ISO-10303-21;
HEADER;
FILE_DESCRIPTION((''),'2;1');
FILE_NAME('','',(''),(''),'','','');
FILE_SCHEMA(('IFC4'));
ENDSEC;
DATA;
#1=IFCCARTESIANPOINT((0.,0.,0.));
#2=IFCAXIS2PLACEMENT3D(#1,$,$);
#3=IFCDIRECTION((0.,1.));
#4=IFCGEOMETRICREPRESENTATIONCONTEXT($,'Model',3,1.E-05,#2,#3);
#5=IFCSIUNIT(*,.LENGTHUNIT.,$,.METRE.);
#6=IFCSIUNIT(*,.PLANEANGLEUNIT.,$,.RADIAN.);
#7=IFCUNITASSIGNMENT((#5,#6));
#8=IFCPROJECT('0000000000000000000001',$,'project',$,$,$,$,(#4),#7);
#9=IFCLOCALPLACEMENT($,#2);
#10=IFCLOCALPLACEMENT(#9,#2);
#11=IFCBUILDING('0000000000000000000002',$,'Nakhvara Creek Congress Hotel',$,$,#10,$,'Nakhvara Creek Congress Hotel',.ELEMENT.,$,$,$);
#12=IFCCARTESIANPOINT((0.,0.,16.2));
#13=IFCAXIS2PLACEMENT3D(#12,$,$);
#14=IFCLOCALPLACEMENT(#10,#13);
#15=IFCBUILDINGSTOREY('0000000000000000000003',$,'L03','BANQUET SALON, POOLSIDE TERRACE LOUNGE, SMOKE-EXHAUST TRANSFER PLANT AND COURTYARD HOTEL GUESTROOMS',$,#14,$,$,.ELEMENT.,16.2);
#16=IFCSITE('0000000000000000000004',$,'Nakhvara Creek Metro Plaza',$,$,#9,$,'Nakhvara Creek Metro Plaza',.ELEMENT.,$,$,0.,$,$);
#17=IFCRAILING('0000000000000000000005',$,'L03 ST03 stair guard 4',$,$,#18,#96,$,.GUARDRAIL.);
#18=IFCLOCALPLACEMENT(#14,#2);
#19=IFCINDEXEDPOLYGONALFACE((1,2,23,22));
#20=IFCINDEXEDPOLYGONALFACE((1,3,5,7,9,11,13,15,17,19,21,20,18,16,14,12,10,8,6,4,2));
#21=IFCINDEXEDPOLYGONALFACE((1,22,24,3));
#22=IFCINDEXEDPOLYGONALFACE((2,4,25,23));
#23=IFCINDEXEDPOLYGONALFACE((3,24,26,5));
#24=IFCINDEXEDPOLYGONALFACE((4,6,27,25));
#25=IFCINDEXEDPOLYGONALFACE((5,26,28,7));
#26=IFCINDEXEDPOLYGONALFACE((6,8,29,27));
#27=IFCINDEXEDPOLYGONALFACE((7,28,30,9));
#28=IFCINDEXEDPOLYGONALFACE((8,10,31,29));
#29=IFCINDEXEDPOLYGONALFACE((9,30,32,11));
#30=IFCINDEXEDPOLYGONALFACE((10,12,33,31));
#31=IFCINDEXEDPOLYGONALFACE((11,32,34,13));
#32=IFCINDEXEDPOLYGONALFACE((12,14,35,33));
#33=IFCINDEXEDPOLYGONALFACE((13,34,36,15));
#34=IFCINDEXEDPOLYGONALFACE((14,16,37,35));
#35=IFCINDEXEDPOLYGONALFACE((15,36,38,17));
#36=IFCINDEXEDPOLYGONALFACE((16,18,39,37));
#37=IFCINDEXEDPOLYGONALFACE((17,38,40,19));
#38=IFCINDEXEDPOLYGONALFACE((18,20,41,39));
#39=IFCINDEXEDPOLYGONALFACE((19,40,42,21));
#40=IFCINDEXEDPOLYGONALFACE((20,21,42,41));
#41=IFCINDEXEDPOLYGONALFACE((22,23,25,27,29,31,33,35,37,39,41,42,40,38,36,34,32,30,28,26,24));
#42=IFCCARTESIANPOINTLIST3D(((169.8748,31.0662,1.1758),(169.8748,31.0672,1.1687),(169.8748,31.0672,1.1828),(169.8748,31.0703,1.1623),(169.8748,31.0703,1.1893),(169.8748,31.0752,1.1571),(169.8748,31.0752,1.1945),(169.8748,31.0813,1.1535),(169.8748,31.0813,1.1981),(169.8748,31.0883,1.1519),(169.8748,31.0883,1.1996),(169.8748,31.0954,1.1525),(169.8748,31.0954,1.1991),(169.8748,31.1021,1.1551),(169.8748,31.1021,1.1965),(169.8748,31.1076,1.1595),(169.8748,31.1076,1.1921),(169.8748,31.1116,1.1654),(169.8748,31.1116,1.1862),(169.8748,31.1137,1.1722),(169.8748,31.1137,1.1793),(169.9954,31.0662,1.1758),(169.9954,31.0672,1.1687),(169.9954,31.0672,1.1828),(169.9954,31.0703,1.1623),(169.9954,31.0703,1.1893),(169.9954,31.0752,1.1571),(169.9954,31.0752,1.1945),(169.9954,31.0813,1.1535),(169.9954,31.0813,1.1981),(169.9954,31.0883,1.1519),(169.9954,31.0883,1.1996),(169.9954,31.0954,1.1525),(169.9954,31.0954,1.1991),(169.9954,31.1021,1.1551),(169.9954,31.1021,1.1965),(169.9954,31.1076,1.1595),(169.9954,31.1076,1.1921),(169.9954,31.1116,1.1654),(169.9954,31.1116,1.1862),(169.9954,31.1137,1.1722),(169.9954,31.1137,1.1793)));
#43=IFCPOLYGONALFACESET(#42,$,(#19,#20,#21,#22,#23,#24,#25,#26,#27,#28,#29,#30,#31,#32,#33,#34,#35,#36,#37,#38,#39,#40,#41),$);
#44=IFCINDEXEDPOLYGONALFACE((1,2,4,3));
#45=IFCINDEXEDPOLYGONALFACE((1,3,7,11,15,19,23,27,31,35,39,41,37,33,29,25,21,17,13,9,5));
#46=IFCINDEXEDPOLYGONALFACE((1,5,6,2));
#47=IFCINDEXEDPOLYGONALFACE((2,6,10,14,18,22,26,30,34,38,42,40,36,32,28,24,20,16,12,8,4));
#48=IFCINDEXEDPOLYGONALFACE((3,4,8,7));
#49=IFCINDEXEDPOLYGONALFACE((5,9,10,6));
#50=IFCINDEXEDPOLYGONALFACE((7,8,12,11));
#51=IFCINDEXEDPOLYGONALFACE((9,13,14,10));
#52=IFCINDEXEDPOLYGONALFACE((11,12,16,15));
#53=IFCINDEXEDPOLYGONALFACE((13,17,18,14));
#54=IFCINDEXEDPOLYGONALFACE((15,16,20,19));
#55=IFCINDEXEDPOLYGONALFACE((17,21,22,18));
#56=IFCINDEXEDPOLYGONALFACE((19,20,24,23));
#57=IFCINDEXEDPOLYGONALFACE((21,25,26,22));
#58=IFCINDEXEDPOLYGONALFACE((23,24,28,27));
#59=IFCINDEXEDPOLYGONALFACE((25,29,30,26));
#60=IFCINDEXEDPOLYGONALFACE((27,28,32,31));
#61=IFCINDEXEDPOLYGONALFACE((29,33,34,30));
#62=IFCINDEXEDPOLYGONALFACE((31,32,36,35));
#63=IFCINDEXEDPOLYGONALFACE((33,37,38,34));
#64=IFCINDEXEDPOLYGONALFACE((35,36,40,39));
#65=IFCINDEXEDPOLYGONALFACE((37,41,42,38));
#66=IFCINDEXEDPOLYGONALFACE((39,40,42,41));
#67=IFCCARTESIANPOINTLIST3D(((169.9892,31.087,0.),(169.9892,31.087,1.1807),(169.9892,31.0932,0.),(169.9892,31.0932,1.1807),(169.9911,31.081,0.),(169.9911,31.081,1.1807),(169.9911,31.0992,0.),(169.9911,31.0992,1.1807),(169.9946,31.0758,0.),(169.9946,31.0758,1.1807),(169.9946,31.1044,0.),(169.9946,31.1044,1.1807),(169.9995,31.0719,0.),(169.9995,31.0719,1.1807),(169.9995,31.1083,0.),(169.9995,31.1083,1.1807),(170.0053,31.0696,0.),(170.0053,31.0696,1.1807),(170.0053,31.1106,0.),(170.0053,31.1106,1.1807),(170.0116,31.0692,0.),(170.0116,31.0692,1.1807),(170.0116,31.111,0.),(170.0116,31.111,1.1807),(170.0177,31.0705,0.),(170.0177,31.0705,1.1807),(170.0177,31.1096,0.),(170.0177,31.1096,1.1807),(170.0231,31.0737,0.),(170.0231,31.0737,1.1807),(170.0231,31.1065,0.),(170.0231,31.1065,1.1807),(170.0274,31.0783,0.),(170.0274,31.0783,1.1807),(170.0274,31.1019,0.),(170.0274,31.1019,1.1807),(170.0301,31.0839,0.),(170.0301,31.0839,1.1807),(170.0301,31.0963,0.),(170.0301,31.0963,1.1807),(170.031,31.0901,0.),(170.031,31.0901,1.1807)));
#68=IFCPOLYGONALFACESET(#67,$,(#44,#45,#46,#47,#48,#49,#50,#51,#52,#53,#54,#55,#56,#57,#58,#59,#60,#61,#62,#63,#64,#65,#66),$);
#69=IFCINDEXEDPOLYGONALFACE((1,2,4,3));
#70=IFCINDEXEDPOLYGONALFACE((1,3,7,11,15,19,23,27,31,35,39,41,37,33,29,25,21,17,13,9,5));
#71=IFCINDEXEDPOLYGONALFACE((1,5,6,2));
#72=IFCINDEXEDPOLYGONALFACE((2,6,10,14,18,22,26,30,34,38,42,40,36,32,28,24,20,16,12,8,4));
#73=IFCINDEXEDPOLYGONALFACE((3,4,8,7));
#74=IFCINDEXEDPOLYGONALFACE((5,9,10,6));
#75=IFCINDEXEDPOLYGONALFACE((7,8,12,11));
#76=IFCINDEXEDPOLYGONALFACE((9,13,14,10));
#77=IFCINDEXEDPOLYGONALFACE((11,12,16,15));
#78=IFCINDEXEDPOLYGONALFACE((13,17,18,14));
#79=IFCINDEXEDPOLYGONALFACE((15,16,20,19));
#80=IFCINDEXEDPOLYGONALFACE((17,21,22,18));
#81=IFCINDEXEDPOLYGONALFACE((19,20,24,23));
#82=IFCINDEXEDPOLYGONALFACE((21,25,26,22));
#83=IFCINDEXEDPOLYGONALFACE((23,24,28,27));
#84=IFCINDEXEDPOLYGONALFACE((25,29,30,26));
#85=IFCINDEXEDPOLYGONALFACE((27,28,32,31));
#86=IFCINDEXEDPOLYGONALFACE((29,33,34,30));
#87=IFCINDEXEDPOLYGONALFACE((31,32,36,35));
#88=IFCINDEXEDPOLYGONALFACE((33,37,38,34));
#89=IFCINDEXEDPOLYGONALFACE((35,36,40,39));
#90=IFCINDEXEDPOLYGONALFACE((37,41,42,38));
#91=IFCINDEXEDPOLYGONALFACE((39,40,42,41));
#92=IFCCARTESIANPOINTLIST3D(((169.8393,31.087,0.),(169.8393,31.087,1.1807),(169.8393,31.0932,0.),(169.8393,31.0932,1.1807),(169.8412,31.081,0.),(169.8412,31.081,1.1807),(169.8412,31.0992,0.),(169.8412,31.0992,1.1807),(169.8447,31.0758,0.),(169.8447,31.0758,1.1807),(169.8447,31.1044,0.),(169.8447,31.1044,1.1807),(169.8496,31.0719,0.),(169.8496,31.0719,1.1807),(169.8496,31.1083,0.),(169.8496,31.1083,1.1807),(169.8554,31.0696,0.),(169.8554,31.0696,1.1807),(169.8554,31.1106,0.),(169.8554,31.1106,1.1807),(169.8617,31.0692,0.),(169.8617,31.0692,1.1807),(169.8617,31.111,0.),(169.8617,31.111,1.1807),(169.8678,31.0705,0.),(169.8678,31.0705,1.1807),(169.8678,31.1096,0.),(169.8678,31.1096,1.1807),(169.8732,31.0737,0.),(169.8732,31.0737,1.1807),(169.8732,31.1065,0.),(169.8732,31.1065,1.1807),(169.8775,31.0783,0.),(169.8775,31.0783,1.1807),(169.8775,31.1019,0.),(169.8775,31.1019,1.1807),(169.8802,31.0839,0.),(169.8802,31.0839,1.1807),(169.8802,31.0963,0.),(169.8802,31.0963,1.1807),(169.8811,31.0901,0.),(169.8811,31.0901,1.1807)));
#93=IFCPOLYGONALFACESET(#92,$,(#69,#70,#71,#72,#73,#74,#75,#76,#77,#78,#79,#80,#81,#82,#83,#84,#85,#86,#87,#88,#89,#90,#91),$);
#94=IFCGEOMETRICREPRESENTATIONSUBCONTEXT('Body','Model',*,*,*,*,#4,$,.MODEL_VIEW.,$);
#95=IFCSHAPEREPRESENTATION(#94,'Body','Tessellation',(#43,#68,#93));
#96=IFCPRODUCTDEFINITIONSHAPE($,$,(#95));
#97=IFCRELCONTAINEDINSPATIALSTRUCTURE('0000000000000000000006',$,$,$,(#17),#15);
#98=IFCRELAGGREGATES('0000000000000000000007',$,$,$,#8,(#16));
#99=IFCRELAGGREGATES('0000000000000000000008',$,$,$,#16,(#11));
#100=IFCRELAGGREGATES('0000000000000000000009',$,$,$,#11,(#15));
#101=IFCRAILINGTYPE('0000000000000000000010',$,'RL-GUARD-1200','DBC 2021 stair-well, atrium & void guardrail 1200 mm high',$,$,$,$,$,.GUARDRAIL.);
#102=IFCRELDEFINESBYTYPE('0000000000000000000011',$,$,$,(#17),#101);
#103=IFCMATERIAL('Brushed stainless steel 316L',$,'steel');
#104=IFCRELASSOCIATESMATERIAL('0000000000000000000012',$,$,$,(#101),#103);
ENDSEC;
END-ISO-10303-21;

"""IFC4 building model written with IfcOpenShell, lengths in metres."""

from ifc_helpers import new_model, si_unit, direction, frame, origin, origin_2d, place, context, subcontext, project, spatial, circle, extrude, material, type_object, element, save


model = new_model("IFC4")

# Units and contexts
model_context = context("Model", 3, precision=1e-05, world=origin(), true_north=direction((0.0, 1.0)))
body_context = subcontext(model_context, "Body", "Model", "MODEL_VIEW")
ifc_project = project(units=[si_unit("LENGTHUNIT", "METRE"), si_unit("PLANEANGLEUNIT", "RADIAN")], contexts=[model_context])

# Site, building, storey
site_placement = place(None, origin())
site = spatial("IfcSite", under=ifc_project, at=site_placement, Name="Nakhvara Creek Metro Plaza", LongName="Nakhvara Creek Metro Plaza", CompositionType="ELEMENT", RefElevation=0.0)
building_placement = place(site_placement, origin())
building = spatial("IfcBuilding", under=site, at=building_placement, Name="Nakhvara Creek Congress Hotel", LongName="Nakhvara Creek Congress Hotel", CompositionType="ELEMENT")
storey_placement = place(building_placement, frame((0.0, 0.0, 16.2)))
storey = spatial("IfcBuildingStorey", under=building, at=storey_placement, Name="L03", Description="BANQUET SALON, POOLSIDE TERRACE LOUNGE, SMOKE-EXHAUST TRANSFER PLANT AND COURTYARD HOTEL GUESTROOMS", CompositionType="ELEMENT", Elevation=16.2)

# Railing
ifc_material_1 = material(Name="Brushed stainless steel 316L", Category="steel")
railing_type_1 = type_object("IfcRailingType", Name="RL-GUARD-1200", Description="DBC 2021 stair-well, atrium & void guardrail 1200 mm high", PredefinedType="GUARDRAIL", material=ifc_material_1)
railing_1_placement = place(storey_placement, frame((170.01, 31.0901, 0.0)))
element("IfcRailing", 1, at=railing_1_placement, inside=storey, type_object=railing_type_1, Name="L03 ST03 stair guard 4", PredefinedType="GUARDRAIL", context=body_context, shape_type="SweptSolid", body=[
    extrude(circle(Radius=0.0239, at=origin_2d()), frame((-0.0146, 0.0, 1.1758), z_axis=(-1.0, 0.0, 0.0), x_axis=(0.0, -1.0, 0.0)), (0.0, 0.0, 1.0), 0.1206),
    extrude(circle(Radius=0.021, at=origin_2d()), origin(), (0.0, 0.0, 1.0), 1.1807),
    extrude(circle(Radius=0.021, at=origin_2d()), frame((-0.1499, 0.0, 0.0)), (0.0, 0.0, 1.0), 1.1807),
])

save(model, "model.ifc")
